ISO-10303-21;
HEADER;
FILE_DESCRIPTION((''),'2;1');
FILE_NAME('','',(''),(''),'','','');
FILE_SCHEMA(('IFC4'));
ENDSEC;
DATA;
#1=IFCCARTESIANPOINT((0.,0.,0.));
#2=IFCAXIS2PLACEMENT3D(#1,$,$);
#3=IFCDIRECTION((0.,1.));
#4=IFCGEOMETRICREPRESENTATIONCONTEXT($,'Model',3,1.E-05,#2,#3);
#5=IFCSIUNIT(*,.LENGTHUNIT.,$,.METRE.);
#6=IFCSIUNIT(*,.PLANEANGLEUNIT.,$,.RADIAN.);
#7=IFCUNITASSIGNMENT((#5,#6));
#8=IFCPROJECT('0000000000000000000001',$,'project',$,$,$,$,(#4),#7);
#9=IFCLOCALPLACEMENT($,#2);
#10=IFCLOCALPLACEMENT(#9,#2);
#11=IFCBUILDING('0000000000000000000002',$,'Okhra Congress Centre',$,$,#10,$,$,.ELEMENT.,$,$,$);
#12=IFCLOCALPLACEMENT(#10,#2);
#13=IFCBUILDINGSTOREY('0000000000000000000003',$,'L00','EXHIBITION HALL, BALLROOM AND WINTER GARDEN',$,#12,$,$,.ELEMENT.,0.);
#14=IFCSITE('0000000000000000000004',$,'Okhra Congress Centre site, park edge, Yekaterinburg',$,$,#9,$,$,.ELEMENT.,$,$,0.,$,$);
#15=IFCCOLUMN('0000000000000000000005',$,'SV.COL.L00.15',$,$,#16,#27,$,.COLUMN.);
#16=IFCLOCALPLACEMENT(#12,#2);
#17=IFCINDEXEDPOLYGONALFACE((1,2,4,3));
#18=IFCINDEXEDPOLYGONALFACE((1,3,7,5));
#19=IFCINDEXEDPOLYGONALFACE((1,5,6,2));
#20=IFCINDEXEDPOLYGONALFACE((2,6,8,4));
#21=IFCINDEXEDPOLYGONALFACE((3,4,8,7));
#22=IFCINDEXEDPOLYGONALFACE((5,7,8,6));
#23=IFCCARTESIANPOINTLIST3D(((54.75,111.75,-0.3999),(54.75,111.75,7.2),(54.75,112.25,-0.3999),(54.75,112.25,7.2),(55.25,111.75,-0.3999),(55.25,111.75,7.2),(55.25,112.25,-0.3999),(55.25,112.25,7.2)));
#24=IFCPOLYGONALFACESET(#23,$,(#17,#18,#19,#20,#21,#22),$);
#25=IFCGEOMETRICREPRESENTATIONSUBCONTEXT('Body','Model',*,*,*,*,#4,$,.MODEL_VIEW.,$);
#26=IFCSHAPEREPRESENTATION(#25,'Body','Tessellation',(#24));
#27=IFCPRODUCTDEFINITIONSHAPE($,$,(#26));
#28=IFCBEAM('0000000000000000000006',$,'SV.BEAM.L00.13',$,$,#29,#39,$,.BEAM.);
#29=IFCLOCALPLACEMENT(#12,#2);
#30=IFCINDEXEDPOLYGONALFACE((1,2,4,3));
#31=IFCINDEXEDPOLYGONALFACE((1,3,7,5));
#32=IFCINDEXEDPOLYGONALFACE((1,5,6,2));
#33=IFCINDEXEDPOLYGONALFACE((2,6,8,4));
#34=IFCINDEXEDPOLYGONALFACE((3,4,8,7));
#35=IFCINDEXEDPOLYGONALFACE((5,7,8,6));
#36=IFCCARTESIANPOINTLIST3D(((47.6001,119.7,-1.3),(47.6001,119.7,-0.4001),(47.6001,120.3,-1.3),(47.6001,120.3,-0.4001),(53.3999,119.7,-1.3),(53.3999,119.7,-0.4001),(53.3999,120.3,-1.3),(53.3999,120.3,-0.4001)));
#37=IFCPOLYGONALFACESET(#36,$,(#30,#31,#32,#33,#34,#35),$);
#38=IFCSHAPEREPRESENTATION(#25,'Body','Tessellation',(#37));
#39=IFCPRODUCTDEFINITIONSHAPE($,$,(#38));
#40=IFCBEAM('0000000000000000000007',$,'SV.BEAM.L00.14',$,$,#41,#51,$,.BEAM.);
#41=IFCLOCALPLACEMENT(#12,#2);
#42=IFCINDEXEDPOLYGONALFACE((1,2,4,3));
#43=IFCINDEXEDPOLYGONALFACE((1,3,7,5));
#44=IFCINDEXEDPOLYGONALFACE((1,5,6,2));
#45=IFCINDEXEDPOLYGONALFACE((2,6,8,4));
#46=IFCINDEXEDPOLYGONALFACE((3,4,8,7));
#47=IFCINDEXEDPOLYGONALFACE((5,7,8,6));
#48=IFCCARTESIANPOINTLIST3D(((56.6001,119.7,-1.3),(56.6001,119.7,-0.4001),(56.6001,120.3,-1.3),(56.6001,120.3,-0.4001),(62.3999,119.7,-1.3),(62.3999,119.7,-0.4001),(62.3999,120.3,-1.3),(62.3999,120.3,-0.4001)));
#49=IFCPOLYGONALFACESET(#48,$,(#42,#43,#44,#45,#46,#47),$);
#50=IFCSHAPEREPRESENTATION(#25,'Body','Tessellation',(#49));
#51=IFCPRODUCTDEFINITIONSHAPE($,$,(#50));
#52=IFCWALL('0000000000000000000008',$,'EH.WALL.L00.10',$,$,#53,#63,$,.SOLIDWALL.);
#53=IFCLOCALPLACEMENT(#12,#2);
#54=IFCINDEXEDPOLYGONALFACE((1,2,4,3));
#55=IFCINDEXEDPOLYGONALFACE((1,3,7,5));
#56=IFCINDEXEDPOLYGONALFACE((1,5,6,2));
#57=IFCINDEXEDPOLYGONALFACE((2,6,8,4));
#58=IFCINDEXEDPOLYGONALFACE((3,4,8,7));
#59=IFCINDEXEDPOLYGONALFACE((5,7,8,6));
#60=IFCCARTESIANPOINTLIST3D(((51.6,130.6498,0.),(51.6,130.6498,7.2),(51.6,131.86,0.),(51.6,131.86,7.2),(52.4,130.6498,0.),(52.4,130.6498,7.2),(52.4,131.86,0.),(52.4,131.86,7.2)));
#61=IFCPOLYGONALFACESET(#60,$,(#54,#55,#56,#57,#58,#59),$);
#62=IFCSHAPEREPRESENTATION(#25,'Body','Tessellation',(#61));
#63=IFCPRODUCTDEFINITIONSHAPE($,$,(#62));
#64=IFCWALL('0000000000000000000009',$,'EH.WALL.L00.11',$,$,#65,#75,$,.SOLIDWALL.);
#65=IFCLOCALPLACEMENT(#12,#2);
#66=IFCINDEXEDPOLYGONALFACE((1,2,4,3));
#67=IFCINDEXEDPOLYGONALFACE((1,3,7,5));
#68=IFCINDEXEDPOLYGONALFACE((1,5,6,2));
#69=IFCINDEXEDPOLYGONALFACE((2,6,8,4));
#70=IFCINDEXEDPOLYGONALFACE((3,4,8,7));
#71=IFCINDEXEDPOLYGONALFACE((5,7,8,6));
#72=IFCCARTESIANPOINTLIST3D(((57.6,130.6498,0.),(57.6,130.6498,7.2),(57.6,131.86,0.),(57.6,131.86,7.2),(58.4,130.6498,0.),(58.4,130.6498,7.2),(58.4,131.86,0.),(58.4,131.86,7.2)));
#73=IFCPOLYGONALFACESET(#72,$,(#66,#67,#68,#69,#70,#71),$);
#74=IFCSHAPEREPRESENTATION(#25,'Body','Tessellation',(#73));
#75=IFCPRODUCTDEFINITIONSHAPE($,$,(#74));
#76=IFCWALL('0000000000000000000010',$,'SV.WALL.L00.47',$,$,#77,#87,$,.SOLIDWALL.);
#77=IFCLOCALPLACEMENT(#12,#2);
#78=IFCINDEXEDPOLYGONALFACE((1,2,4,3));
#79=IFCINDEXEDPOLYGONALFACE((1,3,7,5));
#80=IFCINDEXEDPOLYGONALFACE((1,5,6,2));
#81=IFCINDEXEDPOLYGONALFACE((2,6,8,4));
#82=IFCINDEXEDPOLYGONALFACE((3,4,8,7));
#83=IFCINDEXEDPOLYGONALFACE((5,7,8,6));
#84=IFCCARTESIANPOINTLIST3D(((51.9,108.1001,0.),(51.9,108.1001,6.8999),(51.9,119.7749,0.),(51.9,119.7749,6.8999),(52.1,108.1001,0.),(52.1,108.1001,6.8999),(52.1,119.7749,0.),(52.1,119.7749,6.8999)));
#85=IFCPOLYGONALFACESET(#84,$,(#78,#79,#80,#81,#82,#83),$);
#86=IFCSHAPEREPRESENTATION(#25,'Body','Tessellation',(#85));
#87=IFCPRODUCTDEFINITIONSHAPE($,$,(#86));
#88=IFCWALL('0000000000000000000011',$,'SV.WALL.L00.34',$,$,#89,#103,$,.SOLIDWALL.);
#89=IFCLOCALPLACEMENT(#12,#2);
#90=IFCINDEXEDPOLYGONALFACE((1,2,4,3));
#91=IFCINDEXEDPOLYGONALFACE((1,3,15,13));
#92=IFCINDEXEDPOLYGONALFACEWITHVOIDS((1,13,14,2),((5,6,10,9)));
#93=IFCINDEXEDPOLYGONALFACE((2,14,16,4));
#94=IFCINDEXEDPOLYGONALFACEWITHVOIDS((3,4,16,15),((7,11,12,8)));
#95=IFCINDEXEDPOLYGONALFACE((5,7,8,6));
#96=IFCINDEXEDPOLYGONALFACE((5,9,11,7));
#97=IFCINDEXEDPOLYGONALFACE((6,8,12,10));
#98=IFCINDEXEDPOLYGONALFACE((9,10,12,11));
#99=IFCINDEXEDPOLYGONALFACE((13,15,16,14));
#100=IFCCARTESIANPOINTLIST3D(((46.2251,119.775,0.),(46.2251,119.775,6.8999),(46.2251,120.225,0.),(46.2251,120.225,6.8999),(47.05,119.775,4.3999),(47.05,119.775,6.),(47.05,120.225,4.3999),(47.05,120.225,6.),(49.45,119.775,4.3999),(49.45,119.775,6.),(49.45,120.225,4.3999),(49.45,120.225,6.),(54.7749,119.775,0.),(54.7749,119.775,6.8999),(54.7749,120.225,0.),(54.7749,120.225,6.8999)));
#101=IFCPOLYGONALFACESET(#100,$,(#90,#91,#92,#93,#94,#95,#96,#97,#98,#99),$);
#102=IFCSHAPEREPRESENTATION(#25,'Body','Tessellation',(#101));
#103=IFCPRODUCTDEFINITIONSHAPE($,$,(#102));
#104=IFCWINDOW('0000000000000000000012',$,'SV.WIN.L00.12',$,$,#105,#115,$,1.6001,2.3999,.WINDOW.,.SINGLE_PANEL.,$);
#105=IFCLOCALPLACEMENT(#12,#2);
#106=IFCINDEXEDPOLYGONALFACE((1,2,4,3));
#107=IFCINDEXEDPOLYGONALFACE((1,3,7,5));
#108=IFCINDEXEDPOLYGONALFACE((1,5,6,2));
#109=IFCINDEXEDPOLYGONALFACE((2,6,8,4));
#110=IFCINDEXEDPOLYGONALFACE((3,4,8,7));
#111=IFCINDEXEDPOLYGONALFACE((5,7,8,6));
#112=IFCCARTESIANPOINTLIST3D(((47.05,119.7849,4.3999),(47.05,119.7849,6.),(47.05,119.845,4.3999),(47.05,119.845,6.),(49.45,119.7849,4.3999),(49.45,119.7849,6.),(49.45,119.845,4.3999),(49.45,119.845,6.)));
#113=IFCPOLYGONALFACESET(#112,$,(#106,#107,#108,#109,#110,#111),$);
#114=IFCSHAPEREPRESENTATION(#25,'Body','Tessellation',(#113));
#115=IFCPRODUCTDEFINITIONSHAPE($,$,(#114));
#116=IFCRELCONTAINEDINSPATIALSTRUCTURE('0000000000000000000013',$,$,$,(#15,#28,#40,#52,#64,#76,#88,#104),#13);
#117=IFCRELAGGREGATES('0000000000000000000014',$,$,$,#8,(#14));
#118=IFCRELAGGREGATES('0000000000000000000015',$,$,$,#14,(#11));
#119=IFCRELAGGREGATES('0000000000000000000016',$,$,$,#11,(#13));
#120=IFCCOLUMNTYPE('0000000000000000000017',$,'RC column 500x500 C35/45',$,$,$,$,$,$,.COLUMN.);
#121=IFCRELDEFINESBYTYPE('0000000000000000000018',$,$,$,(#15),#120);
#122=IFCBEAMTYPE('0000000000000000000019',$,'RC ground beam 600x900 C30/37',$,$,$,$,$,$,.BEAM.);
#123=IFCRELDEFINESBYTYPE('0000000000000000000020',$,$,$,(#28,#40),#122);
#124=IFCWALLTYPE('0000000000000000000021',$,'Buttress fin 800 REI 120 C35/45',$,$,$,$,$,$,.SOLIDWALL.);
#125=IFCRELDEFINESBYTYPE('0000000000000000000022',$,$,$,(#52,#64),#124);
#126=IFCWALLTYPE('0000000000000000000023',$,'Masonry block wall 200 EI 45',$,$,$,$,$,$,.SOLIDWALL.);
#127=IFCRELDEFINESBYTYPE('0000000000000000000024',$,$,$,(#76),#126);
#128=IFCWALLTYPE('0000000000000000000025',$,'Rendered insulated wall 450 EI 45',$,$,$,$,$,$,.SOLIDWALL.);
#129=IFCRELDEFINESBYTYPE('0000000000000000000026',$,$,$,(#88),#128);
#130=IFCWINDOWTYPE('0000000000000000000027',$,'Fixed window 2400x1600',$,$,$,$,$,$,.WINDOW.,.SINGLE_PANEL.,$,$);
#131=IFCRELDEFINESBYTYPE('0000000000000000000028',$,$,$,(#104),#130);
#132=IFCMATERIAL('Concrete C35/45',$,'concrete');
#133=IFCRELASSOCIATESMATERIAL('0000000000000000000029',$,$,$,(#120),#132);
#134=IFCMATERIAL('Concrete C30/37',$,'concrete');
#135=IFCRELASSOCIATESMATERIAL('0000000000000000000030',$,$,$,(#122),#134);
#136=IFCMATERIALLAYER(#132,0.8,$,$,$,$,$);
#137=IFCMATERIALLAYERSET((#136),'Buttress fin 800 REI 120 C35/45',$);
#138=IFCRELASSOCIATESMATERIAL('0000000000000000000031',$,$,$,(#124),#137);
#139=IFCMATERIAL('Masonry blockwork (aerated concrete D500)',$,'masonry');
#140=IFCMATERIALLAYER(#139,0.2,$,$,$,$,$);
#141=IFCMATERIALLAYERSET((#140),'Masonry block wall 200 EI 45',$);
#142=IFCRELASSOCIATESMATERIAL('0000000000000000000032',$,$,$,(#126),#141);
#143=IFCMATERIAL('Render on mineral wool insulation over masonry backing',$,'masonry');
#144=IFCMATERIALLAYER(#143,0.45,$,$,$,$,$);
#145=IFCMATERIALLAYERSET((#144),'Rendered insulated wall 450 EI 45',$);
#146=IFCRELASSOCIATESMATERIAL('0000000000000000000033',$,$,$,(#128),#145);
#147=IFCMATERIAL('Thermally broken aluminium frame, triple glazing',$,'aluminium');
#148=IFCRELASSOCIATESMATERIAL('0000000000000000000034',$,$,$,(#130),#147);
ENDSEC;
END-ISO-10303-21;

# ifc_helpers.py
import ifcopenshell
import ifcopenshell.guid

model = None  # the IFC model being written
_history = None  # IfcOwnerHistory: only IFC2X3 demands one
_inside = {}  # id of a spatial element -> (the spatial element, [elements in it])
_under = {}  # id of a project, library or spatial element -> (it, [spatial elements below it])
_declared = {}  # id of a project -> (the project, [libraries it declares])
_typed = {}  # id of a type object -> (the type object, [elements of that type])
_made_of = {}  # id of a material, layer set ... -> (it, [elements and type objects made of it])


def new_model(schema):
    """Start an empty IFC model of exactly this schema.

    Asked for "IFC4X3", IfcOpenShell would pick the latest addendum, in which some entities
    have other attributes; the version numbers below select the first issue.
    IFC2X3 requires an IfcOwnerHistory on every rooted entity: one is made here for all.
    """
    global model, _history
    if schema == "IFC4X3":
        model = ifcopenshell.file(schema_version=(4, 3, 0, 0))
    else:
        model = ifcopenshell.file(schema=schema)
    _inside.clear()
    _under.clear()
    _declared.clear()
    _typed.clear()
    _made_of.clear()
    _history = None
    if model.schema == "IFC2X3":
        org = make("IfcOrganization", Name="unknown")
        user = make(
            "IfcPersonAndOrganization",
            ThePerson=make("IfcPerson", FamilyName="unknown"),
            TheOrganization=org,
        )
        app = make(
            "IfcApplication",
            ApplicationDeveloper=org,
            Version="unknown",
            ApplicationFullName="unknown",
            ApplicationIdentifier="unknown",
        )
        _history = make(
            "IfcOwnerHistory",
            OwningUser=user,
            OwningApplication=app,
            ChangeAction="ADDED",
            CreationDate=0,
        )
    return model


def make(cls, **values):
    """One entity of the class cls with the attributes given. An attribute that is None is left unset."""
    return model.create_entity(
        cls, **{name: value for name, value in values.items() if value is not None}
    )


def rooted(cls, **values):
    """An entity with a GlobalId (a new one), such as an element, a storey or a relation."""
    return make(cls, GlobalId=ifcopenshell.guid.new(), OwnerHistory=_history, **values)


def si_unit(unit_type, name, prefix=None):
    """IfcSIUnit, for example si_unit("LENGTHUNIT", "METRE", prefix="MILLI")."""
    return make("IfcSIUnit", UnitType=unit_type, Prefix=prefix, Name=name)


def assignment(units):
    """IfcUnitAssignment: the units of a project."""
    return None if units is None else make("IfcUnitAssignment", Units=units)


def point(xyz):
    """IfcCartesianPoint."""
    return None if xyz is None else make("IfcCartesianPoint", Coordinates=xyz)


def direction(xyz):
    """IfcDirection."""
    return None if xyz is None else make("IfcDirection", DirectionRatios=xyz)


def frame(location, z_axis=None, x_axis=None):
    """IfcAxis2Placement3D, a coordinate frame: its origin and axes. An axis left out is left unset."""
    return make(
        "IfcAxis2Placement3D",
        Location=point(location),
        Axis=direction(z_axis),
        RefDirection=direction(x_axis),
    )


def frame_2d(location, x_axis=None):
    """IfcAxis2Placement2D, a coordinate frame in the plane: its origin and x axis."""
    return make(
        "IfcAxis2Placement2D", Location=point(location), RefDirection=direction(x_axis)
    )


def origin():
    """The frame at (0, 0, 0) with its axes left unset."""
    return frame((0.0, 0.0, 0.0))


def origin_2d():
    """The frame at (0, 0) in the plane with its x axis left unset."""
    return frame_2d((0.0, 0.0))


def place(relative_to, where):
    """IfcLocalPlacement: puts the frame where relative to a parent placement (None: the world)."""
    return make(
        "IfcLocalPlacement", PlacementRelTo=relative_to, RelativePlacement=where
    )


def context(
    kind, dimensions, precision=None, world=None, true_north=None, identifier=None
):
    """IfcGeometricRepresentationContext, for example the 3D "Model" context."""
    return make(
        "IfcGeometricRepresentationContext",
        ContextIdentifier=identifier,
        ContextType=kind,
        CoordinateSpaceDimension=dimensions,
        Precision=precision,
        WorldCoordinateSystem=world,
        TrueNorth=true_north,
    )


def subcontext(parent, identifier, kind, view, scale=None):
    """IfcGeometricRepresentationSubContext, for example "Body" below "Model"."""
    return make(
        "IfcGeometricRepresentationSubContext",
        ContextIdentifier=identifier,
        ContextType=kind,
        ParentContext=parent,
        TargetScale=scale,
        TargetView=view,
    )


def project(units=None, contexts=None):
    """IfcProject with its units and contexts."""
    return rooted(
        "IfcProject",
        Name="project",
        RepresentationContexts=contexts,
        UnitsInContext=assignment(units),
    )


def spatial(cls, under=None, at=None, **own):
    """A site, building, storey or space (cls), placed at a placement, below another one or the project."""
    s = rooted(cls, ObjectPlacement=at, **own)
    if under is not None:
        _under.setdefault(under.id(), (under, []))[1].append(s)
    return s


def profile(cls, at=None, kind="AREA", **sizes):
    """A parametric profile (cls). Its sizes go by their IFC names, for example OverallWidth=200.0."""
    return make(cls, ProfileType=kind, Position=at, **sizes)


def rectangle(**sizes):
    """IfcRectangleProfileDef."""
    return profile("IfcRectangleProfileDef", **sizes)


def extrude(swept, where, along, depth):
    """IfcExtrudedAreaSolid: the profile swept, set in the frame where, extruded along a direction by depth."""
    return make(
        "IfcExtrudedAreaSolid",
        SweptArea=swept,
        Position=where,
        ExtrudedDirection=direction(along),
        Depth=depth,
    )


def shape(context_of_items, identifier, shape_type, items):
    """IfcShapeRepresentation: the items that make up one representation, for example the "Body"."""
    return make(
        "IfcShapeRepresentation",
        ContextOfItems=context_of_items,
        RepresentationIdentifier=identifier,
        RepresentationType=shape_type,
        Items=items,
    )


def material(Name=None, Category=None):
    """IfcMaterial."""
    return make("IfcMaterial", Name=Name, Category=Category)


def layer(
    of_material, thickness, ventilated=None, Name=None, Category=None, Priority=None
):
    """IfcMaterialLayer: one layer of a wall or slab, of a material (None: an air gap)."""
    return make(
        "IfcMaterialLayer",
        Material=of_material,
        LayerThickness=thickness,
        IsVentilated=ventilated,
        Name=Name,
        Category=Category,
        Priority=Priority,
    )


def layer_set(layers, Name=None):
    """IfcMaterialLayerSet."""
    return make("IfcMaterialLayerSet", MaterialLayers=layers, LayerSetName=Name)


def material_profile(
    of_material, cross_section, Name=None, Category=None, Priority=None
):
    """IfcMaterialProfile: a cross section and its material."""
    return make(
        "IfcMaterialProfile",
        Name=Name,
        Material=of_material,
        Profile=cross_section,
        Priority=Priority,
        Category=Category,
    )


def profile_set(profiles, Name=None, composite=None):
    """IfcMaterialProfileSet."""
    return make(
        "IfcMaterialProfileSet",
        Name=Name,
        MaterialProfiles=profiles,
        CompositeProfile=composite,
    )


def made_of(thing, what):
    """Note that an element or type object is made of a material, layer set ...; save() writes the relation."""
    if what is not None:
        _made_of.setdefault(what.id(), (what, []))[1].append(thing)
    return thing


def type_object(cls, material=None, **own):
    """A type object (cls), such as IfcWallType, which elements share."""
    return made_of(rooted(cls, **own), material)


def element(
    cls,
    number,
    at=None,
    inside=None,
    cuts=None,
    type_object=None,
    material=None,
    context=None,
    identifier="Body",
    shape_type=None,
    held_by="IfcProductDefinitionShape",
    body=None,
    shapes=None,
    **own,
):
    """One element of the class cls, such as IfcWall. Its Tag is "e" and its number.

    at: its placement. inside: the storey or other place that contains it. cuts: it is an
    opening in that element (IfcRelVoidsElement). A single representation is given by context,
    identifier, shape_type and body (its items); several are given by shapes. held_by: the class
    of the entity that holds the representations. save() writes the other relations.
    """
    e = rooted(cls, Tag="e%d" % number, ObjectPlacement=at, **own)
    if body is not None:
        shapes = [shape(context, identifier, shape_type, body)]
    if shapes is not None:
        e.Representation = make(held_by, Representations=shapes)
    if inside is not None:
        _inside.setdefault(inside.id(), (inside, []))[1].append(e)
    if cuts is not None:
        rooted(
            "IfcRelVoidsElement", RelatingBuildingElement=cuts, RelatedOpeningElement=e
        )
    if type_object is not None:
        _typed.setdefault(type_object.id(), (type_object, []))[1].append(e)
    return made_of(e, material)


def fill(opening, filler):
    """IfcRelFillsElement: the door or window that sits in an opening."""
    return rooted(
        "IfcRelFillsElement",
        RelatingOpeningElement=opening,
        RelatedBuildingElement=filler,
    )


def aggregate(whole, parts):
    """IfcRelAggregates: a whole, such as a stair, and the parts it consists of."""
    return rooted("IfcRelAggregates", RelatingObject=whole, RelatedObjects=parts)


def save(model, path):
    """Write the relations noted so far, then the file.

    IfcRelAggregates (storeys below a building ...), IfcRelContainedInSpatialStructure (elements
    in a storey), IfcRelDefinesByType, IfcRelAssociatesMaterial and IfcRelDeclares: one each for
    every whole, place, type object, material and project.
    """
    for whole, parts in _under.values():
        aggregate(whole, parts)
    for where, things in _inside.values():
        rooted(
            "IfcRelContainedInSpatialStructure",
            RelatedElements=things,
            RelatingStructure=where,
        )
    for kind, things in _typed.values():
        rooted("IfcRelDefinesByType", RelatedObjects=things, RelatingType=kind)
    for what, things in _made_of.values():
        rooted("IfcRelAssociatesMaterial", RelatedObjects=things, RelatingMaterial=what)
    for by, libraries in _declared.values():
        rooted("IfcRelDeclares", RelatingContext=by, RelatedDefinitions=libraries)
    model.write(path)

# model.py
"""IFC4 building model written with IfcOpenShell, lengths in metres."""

from ifc_helpers import new_model, si_unit, direction, frame, frame_2d, origin, origin_2d, place, context, subcontext, project, spatial, rectangle, extrude, material, layer, layer_set, material_profile, profile_set, type_object, element, fill, save


model = new_model("IFC4")

# Units and contexts
model_context = context("Model", 3, precision=1e-05, world=origin(), true_north=direction((0.0, 1.0)))
body_context = subcontext(model_context, "Body", "Model", "MODEL_VIEW")
ifc_project = project(units=[si_unit("LENGTHUNIT", "METRE"), si_unit("PLANEANGLEUNIT", "RADIAN")], contexts=[model_context])

# Site, building, storey
site_placement = place(None, origin())
site = spatial("IfcSite", under=ifc_project, at=site_placement, Name="Okhra Congress Centre site, park edge, Yekaterinburg", CompositionType="ELEMENT", RefElevation=0.0)
building_placement = place(site_placement, origin())
building = spatial("IfcBuilding", under=site, at=building_placement, Name="Okhra Congress Centre", CompositionType="ELEMENT")
storey_placement = place(building_placement, origin())
storey = spatial("IfcBuildingStorey", under=building, at=storey_placement, Name="L00", Description="EXHIBITION HALL, BALLROOM AND WINTER GARDEN", CompositionType="ELEMENT", Elevation=0.0)

# Shared definitions
ifc_material_1 = material(Name="Concrete C30/37", Category="concrete")

# Column
ifc_material_2 = material(Name="Concrete C35/45", Category="concrete")
ifc_material_profile_1 = material_profile(ifc_material_2, rectangle(XDim=0.5, YDim=0.5, at=origin_2d()), Name="RC 500x500")
ifc_profile_set_1 = profile_set([ifc_material_profile_1], Name="Concrete C35/45")
column_type_1 = type_object("IfcColumnType", Name="RC column 500x500 C35/45", PredefinedType="COLUMN", material=ifc_profile_set_1)
column_1_placement = place(storey_placement, frame((55.0, 112.0, -0.3999), z_axis=(0.0, 0.0, 1.0), x_axis=(1.0, 0.0, 0.0)))
element("IfcColumn", 1, at=column_1_placement, inside=storey, type_object=column_type_1, Name="SV.COL.L00.15", PredefinedType="COLUMN", context=body_context, shape_type="SweptSolid", body=[
    extrude(rectangle(XDim=0.5, YDim=0.5, at=origin_2d()), origin(), (0.0, 0.0, 1.0), 7.5999),
])

# Beams
ifc_material_profile_2 = material_profile(ifc_material_1, rectangle(XDim=0.6001, YDim=0.8999, at=origin_2d()), Name="RC 600x900")
ifc_profile_set_2 = profile_set([ifc_material_profile_2], Name="Concrete C30/37")
beam_type = type_object("IfcBeamType", Name="RC ground beam 600x900 C30/37", PredefinedType="BEAM", material=ifc_profile_set_2)
for number, where, z_axis, x_axis, name in (
    (2, (47.6001, 120.0, -0.8501), (1.0, 0.0, 0.0), (0.0, 1.0, 0.0), "SV.BEAM.L00.13"),
    (3, (56.6001, 120.0, -0.8501), (1.0, 0.0, 0.0), (0.0, 1.0, 0.0), "SV.BEAM.L00.14"),
):
    element("IfcBeam", number, at=place(storey_placement, frame(where, z_axis=z_axis, x_axis=x_axis)), inside=storey, type_object=beam_type, Name=name, PredefinedType="BEAM", context=body_context, shape_type="SweptSolid", body=[
        extrude(rectangle(XDim=0.6001, YDim=0.8999, at=origin_2d()), origin(), (0.0, 0.0, 1.0), 5.7998),
    ])

# Walls
ifc_layer_1 = layer(ifc_material_2, 0.8)
ifc_layer_set_1 = layer_set([ifc_layer_1], Name="Buttress fin 800 REI 120 C35/45")
wall_type_1 = type_object("IfcWallType", Name="Buttress fin 800 REI 120 C35/45", PredefinedType="SOLIDWALL", material=ifc_layer_set_1)
for number, where, z_axis, x_axis, name in (
    (4, (52.0, 130.6499, 0.0), (0.0, 0.0, 1.0), (0.0, 1.0, 0.0), "EH.WALL.L00.10"),
    (5, (58.0, 130.6499, 0.0), (0.0, 0.0, 1.0), (0.0, 1.0, 0.0), "EH.WALL.L00.11"),
):
    element("IfcWall", number, at=place(storey_placement, frame(where, z_axis=z_axis, x_axis=x_axis)), inside=storey, type_object=wall_type_1, Name=name, PredefinedType="SOLIDWALL", context=body_context, shape_type="SweptSolid", body=[
        extrude(rectangle(XDim=1.2102, YDim=0.8, at=frame_2d((0.605, 0.0))), origin(), (0.0, 0.0, 1.0), 7.2),
    ])
ifc_material_3 = material(Name="Masonry blockwork (aerated concrete D500)", Category="masonry")
ifc_layer_2 = layer(ifc_material_3, 0.2)
ifc_layer_set_2 = layer_set([ifc_layer_2], Name="Masonry block wall 200 EI 45")
wall_type_2 = type_object("IfcWallType", Name="Masonry block wall 200 EI 45", PredefinedType="SOLIDWALL", material=ifc_layer_set_2)
wall_1_placement = place(storey_placement, frame((52.0, 108.1001, 0.0), z_axis=(0.0, 0.0, 1.0), x_axis=(0.0, 1.0, 0.0)))
element("IfcWall", 6, at=wall_1_placement, inside=storey, type_object=wall_type_2, Name="SV.WALL.L00.47", PredefinedType="SOLIDWALL", context=body_context, shape_type="SweptSolid", body=[
    extrude(rectangle(XDim=11.6748, YDim=0.2, at=frame_2d((5.8374, 0.0))), origin(), (0.0, 0.0, 1.0), 6.8999),
])

# Wall, opening, window
ifc_material_4 = material(Name="Render on mineral wool insulation over masonry backing", Category="masonry")
ifc_layer_3 = layer(ifc_material_4, 0.45)
ifc_layer_set_3 = layer_set([ifc_layer_3], Name="Rendered insulated wall 450 EI 45")
wall_type_3 = type_object("IfcWallType", Name="Rendered insulated wall 450 EI 45", PredefinedType="SOLIDWALL", material=ifc_layer_set_3)
wall_2_placement = place(storey_placement, frame((54.7749, 120.0, 0.0), z_axis=(0.0, 0.0, 1.0), x_axis=(-1.0, 0.0, 0.0)))
wall_2 = element("IfcWall", 7, at=wall_2_placement, inside=storey, type_object=wall_type_3, Name="SV.WALL.L00.34", PredefinedType="SOLIDWALL", context=body_context, shape_type="SweptSolid", body=[
    extrude(rectangle(XDim=8.5498, YDim=0.45, at=frame_2d((4.2749, 0.0))), origin(), (0.0, 0.0, 1.0), 6.8999),
])
opening_placement = place(wall_2_placement, frame((5.325, 0.0, 4.3999)))
opening = element("IfcOpeningElement", 8, at=opening_placement, cuts=wall_2, PredefinedType="OPENING", context=body_context, shape_type="SweptSolid", body=[
    extrude(rectangle(XDim=2.3999, YDim=1.6001, at=frame_2d((1.2, 0.8))), frame((0.0, 0.2349, 0.0), z_axis=(0.0, -1.0, 0.0), x_axis=(1.0, 0.0, 0.0)), (0.0, 0.0, 1.0), 0.47),
])
ifc_material_5 = material(Name="Thermally broken aluminium frame, triple glazing", Category="aluminium")
window_type = type_object("IfcWindowType", Name="Fixed window 2400x1600", PartitioningType="SINGLE_PANEL", PredefinedType="WINDOW", material=ifc_material_5)
window_placement = place(opening_placement, origin())
window = element("IfcWindow", 9, at=window_placement, inside=storey, type_object=window_type, Name="SV.WIN.L00.12", OverallHeight=1.6001, OverallWidth=2.3999, PartitioningType="SINGLE_PANEL", PredefinedType="WINDOW", context=body_context, shape_type="SweptSolid", body=[
    extrude(rectangle(XDim=2.3999, YDim=1.6001, at=frame_2d((1.2, 0.8))), frame((0.0, 0.2151, 0.0), z_axis=(0.0, -1.0, 0.0), x_axis=(1.0, 0.0, 0.0)), (0.0, 0.0, 1.0), 0.0601),
])
fill(opening, window)

save(model, "model.ifc")
